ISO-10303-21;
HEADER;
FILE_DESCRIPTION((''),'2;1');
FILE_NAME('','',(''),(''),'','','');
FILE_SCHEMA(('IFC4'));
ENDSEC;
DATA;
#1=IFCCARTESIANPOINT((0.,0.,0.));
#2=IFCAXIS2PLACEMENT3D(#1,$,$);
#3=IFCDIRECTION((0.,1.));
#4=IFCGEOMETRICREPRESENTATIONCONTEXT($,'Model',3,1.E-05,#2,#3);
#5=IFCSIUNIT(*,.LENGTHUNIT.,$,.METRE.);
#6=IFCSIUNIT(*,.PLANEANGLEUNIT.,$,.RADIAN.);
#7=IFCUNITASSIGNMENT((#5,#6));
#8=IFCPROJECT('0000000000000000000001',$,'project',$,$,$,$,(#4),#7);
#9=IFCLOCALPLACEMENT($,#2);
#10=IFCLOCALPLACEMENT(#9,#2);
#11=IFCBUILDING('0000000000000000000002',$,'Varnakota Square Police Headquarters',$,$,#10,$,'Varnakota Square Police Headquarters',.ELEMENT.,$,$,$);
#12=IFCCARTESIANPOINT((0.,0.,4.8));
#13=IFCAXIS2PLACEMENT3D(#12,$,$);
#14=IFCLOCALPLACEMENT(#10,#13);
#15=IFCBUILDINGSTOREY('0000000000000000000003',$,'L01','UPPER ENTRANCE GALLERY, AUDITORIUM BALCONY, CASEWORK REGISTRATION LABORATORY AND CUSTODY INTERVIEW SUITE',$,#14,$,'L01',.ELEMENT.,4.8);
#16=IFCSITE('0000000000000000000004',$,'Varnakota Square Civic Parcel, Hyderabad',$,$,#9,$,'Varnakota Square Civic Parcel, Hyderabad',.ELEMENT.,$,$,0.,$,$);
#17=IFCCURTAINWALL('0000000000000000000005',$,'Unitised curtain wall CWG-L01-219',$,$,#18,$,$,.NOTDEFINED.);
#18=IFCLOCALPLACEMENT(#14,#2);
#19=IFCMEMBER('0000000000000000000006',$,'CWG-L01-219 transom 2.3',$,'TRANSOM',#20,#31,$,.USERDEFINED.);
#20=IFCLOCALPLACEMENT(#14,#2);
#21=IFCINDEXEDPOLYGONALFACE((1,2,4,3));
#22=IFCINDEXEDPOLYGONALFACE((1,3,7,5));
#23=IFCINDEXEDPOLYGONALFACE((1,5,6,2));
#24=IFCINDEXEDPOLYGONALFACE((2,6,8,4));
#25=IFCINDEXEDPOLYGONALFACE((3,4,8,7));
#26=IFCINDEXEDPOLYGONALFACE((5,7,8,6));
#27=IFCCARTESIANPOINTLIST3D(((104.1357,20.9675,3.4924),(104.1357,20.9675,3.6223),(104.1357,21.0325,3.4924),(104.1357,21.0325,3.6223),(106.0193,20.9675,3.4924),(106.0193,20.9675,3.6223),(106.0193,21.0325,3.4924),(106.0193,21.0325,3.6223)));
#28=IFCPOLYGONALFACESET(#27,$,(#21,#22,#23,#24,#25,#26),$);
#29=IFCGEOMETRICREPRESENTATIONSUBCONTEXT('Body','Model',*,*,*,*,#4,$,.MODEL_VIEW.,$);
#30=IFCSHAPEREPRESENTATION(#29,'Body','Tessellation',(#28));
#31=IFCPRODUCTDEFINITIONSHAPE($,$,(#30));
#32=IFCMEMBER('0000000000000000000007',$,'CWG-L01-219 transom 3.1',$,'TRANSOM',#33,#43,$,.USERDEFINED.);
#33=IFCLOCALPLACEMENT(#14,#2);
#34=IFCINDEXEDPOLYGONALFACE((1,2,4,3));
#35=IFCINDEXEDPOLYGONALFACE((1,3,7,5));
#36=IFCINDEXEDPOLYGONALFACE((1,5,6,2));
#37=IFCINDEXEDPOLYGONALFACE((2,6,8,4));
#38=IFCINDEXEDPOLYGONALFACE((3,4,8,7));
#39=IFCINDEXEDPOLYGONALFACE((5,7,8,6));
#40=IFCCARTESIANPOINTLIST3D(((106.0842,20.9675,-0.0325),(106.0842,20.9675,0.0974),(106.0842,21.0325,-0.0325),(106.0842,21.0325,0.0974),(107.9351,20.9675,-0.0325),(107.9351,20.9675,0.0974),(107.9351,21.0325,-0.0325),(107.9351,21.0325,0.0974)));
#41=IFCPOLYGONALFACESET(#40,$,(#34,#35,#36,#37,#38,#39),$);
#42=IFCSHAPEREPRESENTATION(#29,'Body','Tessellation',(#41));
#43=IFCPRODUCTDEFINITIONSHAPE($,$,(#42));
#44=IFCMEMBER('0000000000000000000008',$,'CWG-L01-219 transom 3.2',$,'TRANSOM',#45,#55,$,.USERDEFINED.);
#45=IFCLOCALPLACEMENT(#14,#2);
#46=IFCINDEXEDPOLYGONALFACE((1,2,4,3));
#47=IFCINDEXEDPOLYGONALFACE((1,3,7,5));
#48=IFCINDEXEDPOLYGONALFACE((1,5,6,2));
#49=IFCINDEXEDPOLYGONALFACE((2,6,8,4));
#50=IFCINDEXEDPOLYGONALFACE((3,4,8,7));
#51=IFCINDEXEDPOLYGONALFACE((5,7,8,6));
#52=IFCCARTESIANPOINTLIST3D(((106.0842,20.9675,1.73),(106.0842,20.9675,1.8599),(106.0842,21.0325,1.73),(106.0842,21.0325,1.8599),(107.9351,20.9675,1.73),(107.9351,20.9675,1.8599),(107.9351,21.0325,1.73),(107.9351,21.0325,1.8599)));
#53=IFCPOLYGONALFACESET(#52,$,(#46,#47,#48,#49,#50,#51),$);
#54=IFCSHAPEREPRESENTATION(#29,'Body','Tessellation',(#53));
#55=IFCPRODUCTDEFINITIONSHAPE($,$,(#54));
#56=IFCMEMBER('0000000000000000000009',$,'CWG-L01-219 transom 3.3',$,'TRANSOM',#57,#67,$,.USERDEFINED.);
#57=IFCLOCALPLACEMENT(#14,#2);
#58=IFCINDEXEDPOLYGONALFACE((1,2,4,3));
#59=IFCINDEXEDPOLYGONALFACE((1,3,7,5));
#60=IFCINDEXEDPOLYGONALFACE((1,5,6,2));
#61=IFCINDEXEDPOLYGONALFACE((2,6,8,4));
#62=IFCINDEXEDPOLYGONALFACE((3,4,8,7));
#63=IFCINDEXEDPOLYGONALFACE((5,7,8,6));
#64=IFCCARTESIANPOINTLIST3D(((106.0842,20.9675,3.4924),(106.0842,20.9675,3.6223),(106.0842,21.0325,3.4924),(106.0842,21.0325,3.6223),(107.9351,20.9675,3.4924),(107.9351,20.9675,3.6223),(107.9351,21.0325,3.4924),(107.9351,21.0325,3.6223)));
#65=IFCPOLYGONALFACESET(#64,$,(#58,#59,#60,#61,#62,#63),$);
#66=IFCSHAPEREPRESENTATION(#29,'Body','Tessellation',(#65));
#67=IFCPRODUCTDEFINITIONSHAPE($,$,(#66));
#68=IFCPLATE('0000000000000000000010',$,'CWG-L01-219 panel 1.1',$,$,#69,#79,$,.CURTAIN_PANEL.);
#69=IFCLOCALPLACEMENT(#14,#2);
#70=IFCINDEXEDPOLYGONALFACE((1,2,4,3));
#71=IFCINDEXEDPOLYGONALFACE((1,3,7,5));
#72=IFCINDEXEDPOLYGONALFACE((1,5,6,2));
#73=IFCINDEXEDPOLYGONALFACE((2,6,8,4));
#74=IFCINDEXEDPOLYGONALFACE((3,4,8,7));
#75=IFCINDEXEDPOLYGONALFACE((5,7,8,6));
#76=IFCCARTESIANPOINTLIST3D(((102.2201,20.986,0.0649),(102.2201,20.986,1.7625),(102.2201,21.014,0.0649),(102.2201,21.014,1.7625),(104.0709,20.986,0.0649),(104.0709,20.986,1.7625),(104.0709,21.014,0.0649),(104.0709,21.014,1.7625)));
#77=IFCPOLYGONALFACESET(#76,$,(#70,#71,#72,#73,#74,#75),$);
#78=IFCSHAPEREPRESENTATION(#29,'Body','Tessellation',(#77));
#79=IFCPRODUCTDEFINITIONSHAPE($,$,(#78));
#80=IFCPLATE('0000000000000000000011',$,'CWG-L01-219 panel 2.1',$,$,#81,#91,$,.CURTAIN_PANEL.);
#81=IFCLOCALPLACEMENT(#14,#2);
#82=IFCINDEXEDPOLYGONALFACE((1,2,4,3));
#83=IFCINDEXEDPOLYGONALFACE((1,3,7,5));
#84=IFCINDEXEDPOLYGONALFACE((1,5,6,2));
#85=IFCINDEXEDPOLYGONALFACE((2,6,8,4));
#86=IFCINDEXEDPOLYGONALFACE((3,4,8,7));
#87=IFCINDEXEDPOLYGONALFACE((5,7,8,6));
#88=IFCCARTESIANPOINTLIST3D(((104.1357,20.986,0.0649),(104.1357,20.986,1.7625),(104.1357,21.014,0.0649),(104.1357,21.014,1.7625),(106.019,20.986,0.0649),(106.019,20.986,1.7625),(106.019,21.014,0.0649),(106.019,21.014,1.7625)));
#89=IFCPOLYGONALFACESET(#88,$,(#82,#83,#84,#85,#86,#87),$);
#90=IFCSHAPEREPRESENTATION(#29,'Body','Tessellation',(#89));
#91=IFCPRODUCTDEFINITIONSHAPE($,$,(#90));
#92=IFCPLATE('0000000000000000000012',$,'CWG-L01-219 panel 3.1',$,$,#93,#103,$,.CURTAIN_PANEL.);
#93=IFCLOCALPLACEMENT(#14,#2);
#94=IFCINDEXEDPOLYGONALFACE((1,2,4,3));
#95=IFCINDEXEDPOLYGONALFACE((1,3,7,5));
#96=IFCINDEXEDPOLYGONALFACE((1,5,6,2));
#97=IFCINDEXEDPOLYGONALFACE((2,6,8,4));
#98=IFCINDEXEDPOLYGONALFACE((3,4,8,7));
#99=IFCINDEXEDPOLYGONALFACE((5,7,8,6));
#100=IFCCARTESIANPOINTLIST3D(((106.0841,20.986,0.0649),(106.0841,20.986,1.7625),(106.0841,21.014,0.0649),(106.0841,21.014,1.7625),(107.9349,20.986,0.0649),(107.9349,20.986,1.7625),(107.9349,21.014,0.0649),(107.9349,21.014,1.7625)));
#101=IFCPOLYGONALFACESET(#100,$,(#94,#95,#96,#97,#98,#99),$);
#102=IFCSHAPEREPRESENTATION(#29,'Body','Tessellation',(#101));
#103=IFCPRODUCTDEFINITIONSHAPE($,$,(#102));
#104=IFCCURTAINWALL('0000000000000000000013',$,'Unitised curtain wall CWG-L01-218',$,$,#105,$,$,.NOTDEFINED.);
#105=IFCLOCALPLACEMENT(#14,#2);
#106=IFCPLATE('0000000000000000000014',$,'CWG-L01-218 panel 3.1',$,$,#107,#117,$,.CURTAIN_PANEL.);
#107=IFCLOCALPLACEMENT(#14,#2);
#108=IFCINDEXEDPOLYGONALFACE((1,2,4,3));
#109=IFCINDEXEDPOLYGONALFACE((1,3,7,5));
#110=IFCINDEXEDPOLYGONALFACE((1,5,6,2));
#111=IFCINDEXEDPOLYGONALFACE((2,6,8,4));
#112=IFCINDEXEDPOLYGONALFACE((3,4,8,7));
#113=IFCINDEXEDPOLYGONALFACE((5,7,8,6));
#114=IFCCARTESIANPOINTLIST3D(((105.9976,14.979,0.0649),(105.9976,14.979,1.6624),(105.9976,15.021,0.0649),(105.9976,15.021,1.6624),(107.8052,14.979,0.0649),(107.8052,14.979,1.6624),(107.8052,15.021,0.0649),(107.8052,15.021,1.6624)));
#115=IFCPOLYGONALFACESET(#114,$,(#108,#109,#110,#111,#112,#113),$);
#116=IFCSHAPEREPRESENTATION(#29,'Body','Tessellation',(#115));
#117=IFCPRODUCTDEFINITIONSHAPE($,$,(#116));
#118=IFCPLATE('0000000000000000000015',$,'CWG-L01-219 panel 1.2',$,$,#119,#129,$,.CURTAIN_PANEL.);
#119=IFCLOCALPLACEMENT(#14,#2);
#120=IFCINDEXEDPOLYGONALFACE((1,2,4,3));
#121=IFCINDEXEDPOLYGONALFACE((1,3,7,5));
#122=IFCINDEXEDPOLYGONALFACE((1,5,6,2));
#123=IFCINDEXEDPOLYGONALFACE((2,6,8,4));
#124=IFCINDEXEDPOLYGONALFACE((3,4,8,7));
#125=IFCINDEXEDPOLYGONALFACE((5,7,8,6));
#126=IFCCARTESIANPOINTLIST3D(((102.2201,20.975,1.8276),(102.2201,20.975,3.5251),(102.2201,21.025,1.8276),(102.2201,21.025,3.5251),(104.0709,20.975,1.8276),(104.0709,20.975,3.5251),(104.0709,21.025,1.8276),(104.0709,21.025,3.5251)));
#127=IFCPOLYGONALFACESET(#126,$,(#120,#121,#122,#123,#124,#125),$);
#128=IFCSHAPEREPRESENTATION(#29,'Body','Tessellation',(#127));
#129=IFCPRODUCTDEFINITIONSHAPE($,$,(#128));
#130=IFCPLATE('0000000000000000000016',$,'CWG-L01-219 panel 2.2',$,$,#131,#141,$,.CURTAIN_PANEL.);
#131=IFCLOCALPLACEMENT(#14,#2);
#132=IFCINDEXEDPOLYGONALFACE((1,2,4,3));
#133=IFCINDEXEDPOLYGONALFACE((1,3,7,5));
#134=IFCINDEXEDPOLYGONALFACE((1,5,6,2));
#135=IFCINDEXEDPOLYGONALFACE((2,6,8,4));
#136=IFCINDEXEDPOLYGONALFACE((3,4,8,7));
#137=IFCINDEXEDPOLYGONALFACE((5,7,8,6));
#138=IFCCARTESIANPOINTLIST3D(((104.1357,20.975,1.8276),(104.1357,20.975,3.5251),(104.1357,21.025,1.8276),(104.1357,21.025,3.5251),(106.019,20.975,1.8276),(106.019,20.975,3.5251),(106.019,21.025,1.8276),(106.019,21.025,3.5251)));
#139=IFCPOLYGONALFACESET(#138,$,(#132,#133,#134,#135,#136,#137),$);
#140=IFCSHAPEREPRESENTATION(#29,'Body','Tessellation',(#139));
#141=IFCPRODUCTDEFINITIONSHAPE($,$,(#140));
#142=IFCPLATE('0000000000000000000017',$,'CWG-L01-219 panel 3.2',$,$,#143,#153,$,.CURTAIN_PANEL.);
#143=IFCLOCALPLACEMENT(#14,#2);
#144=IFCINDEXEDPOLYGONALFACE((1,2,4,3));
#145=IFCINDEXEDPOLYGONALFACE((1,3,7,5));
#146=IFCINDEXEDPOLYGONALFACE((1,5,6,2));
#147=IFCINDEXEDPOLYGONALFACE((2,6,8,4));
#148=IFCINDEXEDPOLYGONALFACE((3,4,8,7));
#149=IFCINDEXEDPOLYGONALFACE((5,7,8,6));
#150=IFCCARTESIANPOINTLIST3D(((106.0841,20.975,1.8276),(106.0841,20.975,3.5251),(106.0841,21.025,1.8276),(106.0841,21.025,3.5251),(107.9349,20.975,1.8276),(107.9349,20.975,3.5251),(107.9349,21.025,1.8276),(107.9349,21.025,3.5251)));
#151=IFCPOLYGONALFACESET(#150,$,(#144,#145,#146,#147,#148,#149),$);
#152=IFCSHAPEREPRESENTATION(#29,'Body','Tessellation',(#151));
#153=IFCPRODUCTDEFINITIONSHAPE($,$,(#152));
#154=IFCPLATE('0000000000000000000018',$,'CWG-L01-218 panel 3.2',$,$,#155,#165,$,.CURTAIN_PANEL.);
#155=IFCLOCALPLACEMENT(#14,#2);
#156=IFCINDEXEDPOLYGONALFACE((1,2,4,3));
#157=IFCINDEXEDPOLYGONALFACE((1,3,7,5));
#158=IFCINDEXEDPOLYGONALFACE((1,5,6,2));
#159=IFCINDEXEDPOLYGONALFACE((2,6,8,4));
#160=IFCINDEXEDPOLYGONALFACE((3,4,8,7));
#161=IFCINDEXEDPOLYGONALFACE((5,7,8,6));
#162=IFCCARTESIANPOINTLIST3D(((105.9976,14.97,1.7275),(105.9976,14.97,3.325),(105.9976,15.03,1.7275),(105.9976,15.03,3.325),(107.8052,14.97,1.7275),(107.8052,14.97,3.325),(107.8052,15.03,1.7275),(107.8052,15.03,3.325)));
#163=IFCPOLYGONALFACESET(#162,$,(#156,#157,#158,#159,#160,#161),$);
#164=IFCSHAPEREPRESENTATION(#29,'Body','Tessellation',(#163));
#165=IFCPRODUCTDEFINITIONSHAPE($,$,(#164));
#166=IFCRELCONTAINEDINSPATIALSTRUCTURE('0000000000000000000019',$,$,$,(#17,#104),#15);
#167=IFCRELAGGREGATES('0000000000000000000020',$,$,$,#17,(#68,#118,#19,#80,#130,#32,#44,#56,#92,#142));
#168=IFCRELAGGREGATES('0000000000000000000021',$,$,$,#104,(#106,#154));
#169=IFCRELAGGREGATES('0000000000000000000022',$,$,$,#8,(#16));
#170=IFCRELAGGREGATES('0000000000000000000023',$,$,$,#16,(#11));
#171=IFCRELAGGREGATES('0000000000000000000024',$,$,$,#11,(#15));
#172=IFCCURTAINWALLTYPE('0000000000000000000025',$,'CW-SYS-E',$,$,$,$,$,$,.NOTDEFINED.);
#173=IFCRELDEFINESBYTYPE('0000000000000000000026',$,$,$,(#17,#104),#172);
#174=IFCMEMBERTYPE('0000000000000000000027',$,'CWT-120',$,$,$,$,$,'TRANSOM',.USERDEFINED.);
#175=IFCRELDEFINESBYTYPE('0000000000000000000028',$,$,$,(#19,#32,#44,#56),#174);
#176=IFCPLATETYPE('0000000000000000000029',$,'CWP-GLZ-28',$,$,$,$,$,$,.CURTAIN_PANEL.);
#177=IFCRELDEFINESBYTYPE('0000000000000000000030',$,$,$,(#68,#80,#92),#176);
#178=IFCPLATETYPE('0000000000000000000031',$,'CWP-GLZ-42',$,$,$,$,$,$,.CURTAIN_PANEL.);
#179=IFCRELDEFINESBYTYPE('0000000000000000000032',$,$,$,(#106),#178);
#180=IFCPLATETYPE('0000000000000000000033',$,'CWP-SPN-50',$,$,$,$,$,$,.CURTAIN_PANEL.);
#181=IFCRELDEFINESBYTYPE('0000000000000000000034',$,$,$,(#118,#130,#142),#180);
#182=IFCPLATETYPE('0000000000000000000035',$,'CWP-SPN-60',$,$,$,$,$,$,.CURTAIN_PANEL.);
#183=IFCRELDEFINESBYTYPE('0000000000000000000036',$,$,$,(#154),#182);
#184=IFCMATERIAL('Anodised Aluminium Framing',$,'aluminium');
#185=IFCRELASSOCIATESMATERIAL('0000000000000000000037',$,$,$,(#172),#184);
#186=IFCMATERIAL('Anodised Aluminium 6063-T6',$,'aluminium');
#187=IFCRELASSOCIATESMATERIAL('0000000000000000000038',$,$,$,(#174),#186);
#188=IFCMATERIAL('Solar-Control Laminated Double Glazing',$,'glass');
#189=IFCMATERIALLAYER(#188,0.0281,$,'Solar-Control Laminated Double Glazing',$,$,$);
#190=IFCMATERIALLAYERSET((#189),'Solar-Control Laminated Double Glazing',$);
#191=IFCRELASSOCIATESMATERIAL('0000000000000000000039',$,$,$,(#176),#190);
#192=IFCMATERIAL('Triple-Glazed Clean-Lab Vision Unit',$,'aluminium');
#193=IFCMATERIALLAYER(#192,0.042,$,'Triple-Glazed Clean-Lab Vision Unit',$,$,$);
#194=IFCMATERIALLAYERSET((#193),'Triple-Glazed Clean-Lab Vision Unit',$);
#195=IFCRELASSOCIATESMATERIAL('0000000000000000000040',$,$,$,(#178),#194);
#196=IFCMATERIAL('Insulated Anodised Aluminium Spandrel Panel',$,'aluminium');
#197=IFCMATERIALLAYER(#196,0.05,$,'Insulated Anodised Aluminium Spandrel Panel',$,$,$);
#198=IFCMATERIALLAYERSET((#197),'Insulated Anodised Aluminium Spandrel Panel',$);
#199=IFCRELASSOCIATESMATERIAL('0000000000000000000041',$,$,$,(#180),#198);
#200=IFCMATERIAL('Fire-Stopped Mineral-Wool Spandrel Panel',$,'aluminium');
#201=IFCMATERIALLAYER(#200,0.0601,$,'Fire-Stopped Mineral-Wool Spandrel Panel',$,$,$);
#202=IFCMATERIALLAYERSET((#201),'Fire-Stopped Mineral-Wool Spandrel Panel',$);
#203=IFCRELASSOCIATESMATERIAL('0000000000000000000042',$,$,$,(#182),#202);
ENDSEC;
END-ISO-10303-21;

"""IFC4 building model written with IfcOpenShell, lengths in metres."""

from ifc_helpers import new_model, si_unit, direction, frame, origin, origin_2d, place, context, subcontext, project, spatial, rectangle, extrude, material, layer, layer_set, material_profile, profile_set, type_object, element, aggregate, save


model = new_model("IFC4")

# Units and contexts
model_context = context("Model", 3, precision=1e-05, world=origin(), true_north=direction((0.0, 1.0)))
body_context = subcontext(model_context, "Body", "Model", "MODEL_VIEW")
ifc_project = project(units=[si_unit("LENGTHUNIT", "METRE"), si_unit("PLANEANGLEUNIT", "RADIAN")], contexts=[model_context])

# Site, building, storey
site_placement = place(None, origin())
site = spatial("IfcSite", under=ifc_project, at=site_placement, Name="Varnakota Square Civic Parcel, Hyderabad", LongName="Varnakota Square Civic Parcel, Hyderabad", CompositionType="ELEMENT", RefElevation=0.0)
building_placement = place(site_placement, origin())
building = spatial("IfcBuilding", under=site, at=building_placement, Name="Varnakota Square Police Headquarters", LongName="Varnakota Square Police Headquarters", CompositionType="ELEMENT")
storey_placement = place(building_placement, frame((0.0, 0.0, 4.8)))
storey = spatial("IfcBuildingStorey", under=building, at=storey_placement, Name="L01", Description="UPPER ENTRANCE GALLERY, AUDITORIUM BALCONY, CASEWORK REGISTRATION LABORATORY AND CUSTODY INTERVIEW SUITE", LongName="L01", CompositionType="ELEMENT", Elevation=4.8)

# Shared definitions
ifc_material_1 = material(Name="Anodised Aluminium Framing", Category="aluminium")
curtain_wall_type = type_object("IfcCurtainWallType", Name="CW-SYS-E", PredefinedType="NOTDEFINED", material=ifc_material_1)
ifc_material_2 = material(Name="Anodised Aluminium 6063-T6", Category="aluminium")

# Curtain wall, members, plates
curtain_wall_1_placement = place(storey_placement, origin())
curtain_wall_1 = element("IfcCurtainWall", 1, at=curtain_wall_1_placement, inside=storey, type_object=curtain_wall_type, Name="Unitised curtain wall CWG-L01-219", PredefinedType="NOTDEFINED")
ifc_material_profile_1 = material_profile(ifc_material_2, rectangle(XDim=0.0649, YDim=0.1299, at=origin_2d()), Name="ALU TRANSOM 65x130")
ifc_profile_set_1 = profile_set([ifc_material_profile_1], Name="Anodised Aluminium 6063-T6")
member_type_1 = type_object("IfcMemberType", Name="CWT-120", ElementType="TRANSOM", PredefinedType="USERDEFINED", material=ifc_profile_set_1)
member_1_placement = place(storey_placement, frame((104.1357, 21.0, 3.5574), z_axis=(1.0, 0.0, 0.0), x_axis=(0.0, 1.0, 0.0)))
member_1 = element("IfcMember", 2, at=member_1_placement, type_object=member_type_1, Name="CWG-L01-219 transom 2.3", ObjectType="TRANSOM", PredefinedType="USERDEFINED", context=body_context, shape_type="SweptSolid", body=[
    extrude(rectangle(XDim=0.0649, YDim=0.1299, at=origin_2d()), origin(), (0.0, 0.0, 1.0), 1.8835),
])
member_2_placement = place(storey_placement, frame((106.0842, 21.0, 0.0325), z_axis=(1.0, 0.0, 0.0), x_axis=(0.0, 1.0, 0.0)))
member_2 = element("IfcMember", 3, at=member_2_placement, type_object=member_type_1, Name="CWG-L01-219 transom 3.1", ObjectType="TRANSOM", PredefinedType="USERDEFINED", context=body_context, shape_type="SweptSolid", body=[
    extrude(rectangle(XDim=0.0649, YDim=0.1299, at=origin_2d()), origin(), (0.0, 0.0, 1.0), 1.8508),
])
member_3_placement = place(storey_placement, frame((106.0842, 21.0, 1.7949), z_axis=(1.0, 0.0, 0.0), x_axis=(0.0, 1.0, 0.0)))
member_3 = element("IfcMember", 4, at=member_3_placement, type_object=member_type_1, Name="CWG-L01-219 transom 3.2", ObjectType="TRANSOM", PredefinedType="USERDEFINED", context=body_context, shape_type="SweptSolid", body=[
    extrude(rectangle(XDim=0.0649, YDim=0.1299, at=origin_2d()), origin(), (0.0, 0.0, 1.0), 1.8508),
])
member_4_placement = place(storey_placement, frame((106.0842, 21.0, 3.5574), z_axis=(1.0, 0.0, 0.0), x_axis=(0.0, 1.0, 0.0)))
member_4 = element("IfcMember", 5, at=member_4_placement, type_object=member_type_1, Name="CWG-L01-219 transom 3.3", ObjectType="TRANSOM", PredefinedType="USERDEFINED", context=body_context, shape_type="SweptSolid", body=[
    extrude(rectangle(XDim=0.0649, YDim=0.1299, at=origin_2d()), origin(), (0.0, 0.0, 1.0), 1.8508),
])
ifc_material_3 = material(Name="Solar-Control Laminated Double Glazing", Category="glass")
ifc_layer_1 = layer(ifc_material_3, 0.0281, Name="Solar-Control Laminated Double Glazing")
ifc_layer_set_1 = layer_set([ifc_layer_1], Name="Solar-Control Laminated Double Glazing")
plate_type_1 = type_object("IfcPlateType", Name="CWP-GLZ-28", PredefinedType="CURTAIN_PANEL", material=ifc_layer_set_1)
plate_1_placement = place(storey_placement, frame((103.1455, 21.0, 0.0649), z_axis=(0.0, 0.0, 1.0), x_axis=(1.0, 0.0, 0.0)))
plate_1 = element("IfcPlate", 6, at=plate_1_placement, type_object=plate_type_1, Name="CWG-L01-219 panel 1.1", PredefinedType="CURTAIN_PANEL", context=body_context, shape_type="SweptSolid", body=[
    extrude(rectangle(XDim=1.8508, YDim=0.0281, at=origin_2d()), origin(), (0.0, 0.0, 1.0), 1.6975),
])
plate_2_placement = place(storey_placement, frame((105.0774, 21.0, 0.0649), z_axis=(0.0, 0.0, 1.0), x_axis=(1.0, 0.0, 0.0)))
plate_2 = element("IfcPlate", 7, at=plate_2_placement, type_object=plate_type_1, Name="CWG-L01-219 panel 2.1", PredefinedType="CURTAIN_PANEL", context=body_context, shape_type="SweptSolid", body=[
    extrude(rectangle(XDim=1.8833, YDim=0.0281, at=origin_2d()), origin(), (0.0, 0.0, 1.0), 1.6975),
])
plate_3_placement = place(storey_placement, frame((107.0095, 21.0, 0.0649), z_axis=(0.0, 0.0, 1.0), x_axis=(1.0, 0.0, 0.0)))
plate_3 = element("IfcPlate", 8, at=plate_3_placement, type_object=plate_type_1, Name="CWG-L01-219 panel 3.1", PredefinedType="CURTAIN_PANEL", context=body_context, shape_type="SweptSolid", body=[
    extrude(rectangle(XDim=1.8508, YDim=0.0281, at=origin_2d()), origin(), (0.0, 0.0, 1.0), 1.6975),
])

# Curtain wall, plate
curtain_wall_2_placement = place(storey_placement, origin())
curtain_wall_2 = element("IfcCurtainWall", 9, at=curtain_wall_2_placement, inside=storey, type_object=curtain_wall_type, Name="Unitised curtain wall CWG-L01-218", PredefinedType="NOTDEFINED")
ifc_material_4 = material(Name="Triple-Glazed Clean-Lab Vision Unit", Category="aluminium")
ifc_layer_2 = layer(ifc_material_4, 0.042, Name="Triple-Glazed Clean-Lab Vision Unit")
ifc_layer_set_2 = layer_set([ifc_layer_2], Name="Triple-Glazed Clean-Lab Vision Unit")
plate_type_2 = type_object("IfcPlateType", Name="CWP-GLZ-42", PredefinedType="CURTAIN_PANEL", material=ifc_layer_set_2)
plate_4_placement = place(storey_placement, frame((106.9014, 15.0, 0.0649), z_axis=(0.0, 0.0, 1.0), x_axis=(1.0, 0.0, 0.0)))
plate_4 = element("IfcPlate", 10, at=plate_4_placement, type_object=plate_type_2, Name="CWG-L01-218 panel 3.1", PredefinedType="CURTAIN_PANEL", context=body_context, shape_type="SweptSolid", body=[
    extrude(rectangle(XDim=1.8076, YDim=0.042, at=origin_2d()), origin(), (0.0, 0.0, 1.0), 1.5974),
])

# Plates
ifc_material_5 = material(Name="Insulated Anodised Aluminium Spandrel Panel", Category="aluminium")
ifc_layer_3 = layer(ifc_material_5, 0.05, Name="Insulated Anodised Aluminium Spandrel Panel")
ifc_layer_set_3 = layer_set([ifc_layer_3], Name="Insulated Anodised Aluminium Spandrel Panel")
plate_type_3 = type_object("IfcPlateType", Name="CWP-SPN-50", PredefinedType="CURTAIN_PANEL", material=ifc_layer_set_3)
plate_5_placement = place(storey_placement, frame((103.1455, 21.0, 1.8276), z_axis=(0.0, 0.0, 1.0), x_axis=(1.0, 0.0, 0.0)))
plate_5 = element("IfcPlate", 11, at=plate_5_placement, type_object=plate_type_3, Name="CWG-L01-219 panel 1.2", PredefinedType="CURTAIN_PANEL", context=body_context, shape_type="SweptSolid", body=[
    extrude(rectangle(XDim=1.8508, YDim=0.05, at=origin_2d()), origin(), (0.0, 0.0, 1.0), 1.6975),
])
plate_6_placement = place(storey_placement, frame((105.0774, 21.0, 1.8276), z_axis=(0.0, 0.0, 1.0), x_axis=(1.0, 0.0, 0.0)))
plate_6 = element("IfcPlate", 12, at=plate_6_placement, type_object=plate_type_3, Name="CWG-L01-219 panel 2.2", PredefinedType="CURTAIN_PANEL", context=body_context, shape_type="SweptSolid", body=[
    extrude(rectangle(XDim=1.8833, YDim=0.05, at=origin_2d()), origin(), (0.0, 0.0, 1.0), 1.6975),
])
plate_7_placement = place(storey_placement, frame((107.0095, 21.0, 1.8276), z_axis=(0.0, 0.0, 1.0), x_axis=(1.0, 0.0, 0.0)))
plate_7 = element("IfcPlate", 13, at=plate_7_placement, type_object=plate_type_3, Name="CWG-L01-219 panel 3.2", PredefinedType="CURTAIN_PANEL", context=body_context, shape_type="SweptSolid", body=[
    extrude(rectangle(XDim=1.8508, YDim=0.05, at=origin_2d()), origin(), (0.0, 0.0, 1.0), 1.6975),
])
aggregate(curtain_wall_1, [plate_1, plate_5, member_1, plate_2, plate_6, member_2, member_3, member_4, plate_3, plate_7])
ifc_material_6 = material(Name="Fire-Stopped Mineral-Wool Spandrel Panel", Category="aluminium")
ifc_layer_4 = layer(ifc_material_6, 0.0601, Name="Fire-Stopped Mineral-Wool Spandrel Panel")
ifc_layer_set_4 = layer_set([ifc_layer_4], Name="Fire-Stopped Mineral-Wool Spandrel Panel")
plate_type_4 = type_object("IfcPlateType", Name="CWP-SPN-60", PredefinedType="CURTAIN_PANEL", material=ifc_layer_set_4)
plate_8_placement = place(storey_placement, frame((106.9014, 15.0, 1.7275), z_axis=(0.0, 0.0, 1.0), x_axis=(1.0, 0.0, 0.0)))
plate_8 = element("IfcPlate", 14, at=plate_8_placement, type_object=plate_type_4, Name="CWG-L01-218 panel 3.2", PredefinedType="CURTAIN_PANEL", context=body_context, shape_type="SweptSolid", body=[
    extrude(rectangle(XDim=1.8076, YDim=0.0601, at=origin_2d()), origin(), (0.0, 0.0, 1.0), 1.5974),
])
aggregate(curtain_wall_2, [plate_4, plate_8])

save(model, "model.ifc")
